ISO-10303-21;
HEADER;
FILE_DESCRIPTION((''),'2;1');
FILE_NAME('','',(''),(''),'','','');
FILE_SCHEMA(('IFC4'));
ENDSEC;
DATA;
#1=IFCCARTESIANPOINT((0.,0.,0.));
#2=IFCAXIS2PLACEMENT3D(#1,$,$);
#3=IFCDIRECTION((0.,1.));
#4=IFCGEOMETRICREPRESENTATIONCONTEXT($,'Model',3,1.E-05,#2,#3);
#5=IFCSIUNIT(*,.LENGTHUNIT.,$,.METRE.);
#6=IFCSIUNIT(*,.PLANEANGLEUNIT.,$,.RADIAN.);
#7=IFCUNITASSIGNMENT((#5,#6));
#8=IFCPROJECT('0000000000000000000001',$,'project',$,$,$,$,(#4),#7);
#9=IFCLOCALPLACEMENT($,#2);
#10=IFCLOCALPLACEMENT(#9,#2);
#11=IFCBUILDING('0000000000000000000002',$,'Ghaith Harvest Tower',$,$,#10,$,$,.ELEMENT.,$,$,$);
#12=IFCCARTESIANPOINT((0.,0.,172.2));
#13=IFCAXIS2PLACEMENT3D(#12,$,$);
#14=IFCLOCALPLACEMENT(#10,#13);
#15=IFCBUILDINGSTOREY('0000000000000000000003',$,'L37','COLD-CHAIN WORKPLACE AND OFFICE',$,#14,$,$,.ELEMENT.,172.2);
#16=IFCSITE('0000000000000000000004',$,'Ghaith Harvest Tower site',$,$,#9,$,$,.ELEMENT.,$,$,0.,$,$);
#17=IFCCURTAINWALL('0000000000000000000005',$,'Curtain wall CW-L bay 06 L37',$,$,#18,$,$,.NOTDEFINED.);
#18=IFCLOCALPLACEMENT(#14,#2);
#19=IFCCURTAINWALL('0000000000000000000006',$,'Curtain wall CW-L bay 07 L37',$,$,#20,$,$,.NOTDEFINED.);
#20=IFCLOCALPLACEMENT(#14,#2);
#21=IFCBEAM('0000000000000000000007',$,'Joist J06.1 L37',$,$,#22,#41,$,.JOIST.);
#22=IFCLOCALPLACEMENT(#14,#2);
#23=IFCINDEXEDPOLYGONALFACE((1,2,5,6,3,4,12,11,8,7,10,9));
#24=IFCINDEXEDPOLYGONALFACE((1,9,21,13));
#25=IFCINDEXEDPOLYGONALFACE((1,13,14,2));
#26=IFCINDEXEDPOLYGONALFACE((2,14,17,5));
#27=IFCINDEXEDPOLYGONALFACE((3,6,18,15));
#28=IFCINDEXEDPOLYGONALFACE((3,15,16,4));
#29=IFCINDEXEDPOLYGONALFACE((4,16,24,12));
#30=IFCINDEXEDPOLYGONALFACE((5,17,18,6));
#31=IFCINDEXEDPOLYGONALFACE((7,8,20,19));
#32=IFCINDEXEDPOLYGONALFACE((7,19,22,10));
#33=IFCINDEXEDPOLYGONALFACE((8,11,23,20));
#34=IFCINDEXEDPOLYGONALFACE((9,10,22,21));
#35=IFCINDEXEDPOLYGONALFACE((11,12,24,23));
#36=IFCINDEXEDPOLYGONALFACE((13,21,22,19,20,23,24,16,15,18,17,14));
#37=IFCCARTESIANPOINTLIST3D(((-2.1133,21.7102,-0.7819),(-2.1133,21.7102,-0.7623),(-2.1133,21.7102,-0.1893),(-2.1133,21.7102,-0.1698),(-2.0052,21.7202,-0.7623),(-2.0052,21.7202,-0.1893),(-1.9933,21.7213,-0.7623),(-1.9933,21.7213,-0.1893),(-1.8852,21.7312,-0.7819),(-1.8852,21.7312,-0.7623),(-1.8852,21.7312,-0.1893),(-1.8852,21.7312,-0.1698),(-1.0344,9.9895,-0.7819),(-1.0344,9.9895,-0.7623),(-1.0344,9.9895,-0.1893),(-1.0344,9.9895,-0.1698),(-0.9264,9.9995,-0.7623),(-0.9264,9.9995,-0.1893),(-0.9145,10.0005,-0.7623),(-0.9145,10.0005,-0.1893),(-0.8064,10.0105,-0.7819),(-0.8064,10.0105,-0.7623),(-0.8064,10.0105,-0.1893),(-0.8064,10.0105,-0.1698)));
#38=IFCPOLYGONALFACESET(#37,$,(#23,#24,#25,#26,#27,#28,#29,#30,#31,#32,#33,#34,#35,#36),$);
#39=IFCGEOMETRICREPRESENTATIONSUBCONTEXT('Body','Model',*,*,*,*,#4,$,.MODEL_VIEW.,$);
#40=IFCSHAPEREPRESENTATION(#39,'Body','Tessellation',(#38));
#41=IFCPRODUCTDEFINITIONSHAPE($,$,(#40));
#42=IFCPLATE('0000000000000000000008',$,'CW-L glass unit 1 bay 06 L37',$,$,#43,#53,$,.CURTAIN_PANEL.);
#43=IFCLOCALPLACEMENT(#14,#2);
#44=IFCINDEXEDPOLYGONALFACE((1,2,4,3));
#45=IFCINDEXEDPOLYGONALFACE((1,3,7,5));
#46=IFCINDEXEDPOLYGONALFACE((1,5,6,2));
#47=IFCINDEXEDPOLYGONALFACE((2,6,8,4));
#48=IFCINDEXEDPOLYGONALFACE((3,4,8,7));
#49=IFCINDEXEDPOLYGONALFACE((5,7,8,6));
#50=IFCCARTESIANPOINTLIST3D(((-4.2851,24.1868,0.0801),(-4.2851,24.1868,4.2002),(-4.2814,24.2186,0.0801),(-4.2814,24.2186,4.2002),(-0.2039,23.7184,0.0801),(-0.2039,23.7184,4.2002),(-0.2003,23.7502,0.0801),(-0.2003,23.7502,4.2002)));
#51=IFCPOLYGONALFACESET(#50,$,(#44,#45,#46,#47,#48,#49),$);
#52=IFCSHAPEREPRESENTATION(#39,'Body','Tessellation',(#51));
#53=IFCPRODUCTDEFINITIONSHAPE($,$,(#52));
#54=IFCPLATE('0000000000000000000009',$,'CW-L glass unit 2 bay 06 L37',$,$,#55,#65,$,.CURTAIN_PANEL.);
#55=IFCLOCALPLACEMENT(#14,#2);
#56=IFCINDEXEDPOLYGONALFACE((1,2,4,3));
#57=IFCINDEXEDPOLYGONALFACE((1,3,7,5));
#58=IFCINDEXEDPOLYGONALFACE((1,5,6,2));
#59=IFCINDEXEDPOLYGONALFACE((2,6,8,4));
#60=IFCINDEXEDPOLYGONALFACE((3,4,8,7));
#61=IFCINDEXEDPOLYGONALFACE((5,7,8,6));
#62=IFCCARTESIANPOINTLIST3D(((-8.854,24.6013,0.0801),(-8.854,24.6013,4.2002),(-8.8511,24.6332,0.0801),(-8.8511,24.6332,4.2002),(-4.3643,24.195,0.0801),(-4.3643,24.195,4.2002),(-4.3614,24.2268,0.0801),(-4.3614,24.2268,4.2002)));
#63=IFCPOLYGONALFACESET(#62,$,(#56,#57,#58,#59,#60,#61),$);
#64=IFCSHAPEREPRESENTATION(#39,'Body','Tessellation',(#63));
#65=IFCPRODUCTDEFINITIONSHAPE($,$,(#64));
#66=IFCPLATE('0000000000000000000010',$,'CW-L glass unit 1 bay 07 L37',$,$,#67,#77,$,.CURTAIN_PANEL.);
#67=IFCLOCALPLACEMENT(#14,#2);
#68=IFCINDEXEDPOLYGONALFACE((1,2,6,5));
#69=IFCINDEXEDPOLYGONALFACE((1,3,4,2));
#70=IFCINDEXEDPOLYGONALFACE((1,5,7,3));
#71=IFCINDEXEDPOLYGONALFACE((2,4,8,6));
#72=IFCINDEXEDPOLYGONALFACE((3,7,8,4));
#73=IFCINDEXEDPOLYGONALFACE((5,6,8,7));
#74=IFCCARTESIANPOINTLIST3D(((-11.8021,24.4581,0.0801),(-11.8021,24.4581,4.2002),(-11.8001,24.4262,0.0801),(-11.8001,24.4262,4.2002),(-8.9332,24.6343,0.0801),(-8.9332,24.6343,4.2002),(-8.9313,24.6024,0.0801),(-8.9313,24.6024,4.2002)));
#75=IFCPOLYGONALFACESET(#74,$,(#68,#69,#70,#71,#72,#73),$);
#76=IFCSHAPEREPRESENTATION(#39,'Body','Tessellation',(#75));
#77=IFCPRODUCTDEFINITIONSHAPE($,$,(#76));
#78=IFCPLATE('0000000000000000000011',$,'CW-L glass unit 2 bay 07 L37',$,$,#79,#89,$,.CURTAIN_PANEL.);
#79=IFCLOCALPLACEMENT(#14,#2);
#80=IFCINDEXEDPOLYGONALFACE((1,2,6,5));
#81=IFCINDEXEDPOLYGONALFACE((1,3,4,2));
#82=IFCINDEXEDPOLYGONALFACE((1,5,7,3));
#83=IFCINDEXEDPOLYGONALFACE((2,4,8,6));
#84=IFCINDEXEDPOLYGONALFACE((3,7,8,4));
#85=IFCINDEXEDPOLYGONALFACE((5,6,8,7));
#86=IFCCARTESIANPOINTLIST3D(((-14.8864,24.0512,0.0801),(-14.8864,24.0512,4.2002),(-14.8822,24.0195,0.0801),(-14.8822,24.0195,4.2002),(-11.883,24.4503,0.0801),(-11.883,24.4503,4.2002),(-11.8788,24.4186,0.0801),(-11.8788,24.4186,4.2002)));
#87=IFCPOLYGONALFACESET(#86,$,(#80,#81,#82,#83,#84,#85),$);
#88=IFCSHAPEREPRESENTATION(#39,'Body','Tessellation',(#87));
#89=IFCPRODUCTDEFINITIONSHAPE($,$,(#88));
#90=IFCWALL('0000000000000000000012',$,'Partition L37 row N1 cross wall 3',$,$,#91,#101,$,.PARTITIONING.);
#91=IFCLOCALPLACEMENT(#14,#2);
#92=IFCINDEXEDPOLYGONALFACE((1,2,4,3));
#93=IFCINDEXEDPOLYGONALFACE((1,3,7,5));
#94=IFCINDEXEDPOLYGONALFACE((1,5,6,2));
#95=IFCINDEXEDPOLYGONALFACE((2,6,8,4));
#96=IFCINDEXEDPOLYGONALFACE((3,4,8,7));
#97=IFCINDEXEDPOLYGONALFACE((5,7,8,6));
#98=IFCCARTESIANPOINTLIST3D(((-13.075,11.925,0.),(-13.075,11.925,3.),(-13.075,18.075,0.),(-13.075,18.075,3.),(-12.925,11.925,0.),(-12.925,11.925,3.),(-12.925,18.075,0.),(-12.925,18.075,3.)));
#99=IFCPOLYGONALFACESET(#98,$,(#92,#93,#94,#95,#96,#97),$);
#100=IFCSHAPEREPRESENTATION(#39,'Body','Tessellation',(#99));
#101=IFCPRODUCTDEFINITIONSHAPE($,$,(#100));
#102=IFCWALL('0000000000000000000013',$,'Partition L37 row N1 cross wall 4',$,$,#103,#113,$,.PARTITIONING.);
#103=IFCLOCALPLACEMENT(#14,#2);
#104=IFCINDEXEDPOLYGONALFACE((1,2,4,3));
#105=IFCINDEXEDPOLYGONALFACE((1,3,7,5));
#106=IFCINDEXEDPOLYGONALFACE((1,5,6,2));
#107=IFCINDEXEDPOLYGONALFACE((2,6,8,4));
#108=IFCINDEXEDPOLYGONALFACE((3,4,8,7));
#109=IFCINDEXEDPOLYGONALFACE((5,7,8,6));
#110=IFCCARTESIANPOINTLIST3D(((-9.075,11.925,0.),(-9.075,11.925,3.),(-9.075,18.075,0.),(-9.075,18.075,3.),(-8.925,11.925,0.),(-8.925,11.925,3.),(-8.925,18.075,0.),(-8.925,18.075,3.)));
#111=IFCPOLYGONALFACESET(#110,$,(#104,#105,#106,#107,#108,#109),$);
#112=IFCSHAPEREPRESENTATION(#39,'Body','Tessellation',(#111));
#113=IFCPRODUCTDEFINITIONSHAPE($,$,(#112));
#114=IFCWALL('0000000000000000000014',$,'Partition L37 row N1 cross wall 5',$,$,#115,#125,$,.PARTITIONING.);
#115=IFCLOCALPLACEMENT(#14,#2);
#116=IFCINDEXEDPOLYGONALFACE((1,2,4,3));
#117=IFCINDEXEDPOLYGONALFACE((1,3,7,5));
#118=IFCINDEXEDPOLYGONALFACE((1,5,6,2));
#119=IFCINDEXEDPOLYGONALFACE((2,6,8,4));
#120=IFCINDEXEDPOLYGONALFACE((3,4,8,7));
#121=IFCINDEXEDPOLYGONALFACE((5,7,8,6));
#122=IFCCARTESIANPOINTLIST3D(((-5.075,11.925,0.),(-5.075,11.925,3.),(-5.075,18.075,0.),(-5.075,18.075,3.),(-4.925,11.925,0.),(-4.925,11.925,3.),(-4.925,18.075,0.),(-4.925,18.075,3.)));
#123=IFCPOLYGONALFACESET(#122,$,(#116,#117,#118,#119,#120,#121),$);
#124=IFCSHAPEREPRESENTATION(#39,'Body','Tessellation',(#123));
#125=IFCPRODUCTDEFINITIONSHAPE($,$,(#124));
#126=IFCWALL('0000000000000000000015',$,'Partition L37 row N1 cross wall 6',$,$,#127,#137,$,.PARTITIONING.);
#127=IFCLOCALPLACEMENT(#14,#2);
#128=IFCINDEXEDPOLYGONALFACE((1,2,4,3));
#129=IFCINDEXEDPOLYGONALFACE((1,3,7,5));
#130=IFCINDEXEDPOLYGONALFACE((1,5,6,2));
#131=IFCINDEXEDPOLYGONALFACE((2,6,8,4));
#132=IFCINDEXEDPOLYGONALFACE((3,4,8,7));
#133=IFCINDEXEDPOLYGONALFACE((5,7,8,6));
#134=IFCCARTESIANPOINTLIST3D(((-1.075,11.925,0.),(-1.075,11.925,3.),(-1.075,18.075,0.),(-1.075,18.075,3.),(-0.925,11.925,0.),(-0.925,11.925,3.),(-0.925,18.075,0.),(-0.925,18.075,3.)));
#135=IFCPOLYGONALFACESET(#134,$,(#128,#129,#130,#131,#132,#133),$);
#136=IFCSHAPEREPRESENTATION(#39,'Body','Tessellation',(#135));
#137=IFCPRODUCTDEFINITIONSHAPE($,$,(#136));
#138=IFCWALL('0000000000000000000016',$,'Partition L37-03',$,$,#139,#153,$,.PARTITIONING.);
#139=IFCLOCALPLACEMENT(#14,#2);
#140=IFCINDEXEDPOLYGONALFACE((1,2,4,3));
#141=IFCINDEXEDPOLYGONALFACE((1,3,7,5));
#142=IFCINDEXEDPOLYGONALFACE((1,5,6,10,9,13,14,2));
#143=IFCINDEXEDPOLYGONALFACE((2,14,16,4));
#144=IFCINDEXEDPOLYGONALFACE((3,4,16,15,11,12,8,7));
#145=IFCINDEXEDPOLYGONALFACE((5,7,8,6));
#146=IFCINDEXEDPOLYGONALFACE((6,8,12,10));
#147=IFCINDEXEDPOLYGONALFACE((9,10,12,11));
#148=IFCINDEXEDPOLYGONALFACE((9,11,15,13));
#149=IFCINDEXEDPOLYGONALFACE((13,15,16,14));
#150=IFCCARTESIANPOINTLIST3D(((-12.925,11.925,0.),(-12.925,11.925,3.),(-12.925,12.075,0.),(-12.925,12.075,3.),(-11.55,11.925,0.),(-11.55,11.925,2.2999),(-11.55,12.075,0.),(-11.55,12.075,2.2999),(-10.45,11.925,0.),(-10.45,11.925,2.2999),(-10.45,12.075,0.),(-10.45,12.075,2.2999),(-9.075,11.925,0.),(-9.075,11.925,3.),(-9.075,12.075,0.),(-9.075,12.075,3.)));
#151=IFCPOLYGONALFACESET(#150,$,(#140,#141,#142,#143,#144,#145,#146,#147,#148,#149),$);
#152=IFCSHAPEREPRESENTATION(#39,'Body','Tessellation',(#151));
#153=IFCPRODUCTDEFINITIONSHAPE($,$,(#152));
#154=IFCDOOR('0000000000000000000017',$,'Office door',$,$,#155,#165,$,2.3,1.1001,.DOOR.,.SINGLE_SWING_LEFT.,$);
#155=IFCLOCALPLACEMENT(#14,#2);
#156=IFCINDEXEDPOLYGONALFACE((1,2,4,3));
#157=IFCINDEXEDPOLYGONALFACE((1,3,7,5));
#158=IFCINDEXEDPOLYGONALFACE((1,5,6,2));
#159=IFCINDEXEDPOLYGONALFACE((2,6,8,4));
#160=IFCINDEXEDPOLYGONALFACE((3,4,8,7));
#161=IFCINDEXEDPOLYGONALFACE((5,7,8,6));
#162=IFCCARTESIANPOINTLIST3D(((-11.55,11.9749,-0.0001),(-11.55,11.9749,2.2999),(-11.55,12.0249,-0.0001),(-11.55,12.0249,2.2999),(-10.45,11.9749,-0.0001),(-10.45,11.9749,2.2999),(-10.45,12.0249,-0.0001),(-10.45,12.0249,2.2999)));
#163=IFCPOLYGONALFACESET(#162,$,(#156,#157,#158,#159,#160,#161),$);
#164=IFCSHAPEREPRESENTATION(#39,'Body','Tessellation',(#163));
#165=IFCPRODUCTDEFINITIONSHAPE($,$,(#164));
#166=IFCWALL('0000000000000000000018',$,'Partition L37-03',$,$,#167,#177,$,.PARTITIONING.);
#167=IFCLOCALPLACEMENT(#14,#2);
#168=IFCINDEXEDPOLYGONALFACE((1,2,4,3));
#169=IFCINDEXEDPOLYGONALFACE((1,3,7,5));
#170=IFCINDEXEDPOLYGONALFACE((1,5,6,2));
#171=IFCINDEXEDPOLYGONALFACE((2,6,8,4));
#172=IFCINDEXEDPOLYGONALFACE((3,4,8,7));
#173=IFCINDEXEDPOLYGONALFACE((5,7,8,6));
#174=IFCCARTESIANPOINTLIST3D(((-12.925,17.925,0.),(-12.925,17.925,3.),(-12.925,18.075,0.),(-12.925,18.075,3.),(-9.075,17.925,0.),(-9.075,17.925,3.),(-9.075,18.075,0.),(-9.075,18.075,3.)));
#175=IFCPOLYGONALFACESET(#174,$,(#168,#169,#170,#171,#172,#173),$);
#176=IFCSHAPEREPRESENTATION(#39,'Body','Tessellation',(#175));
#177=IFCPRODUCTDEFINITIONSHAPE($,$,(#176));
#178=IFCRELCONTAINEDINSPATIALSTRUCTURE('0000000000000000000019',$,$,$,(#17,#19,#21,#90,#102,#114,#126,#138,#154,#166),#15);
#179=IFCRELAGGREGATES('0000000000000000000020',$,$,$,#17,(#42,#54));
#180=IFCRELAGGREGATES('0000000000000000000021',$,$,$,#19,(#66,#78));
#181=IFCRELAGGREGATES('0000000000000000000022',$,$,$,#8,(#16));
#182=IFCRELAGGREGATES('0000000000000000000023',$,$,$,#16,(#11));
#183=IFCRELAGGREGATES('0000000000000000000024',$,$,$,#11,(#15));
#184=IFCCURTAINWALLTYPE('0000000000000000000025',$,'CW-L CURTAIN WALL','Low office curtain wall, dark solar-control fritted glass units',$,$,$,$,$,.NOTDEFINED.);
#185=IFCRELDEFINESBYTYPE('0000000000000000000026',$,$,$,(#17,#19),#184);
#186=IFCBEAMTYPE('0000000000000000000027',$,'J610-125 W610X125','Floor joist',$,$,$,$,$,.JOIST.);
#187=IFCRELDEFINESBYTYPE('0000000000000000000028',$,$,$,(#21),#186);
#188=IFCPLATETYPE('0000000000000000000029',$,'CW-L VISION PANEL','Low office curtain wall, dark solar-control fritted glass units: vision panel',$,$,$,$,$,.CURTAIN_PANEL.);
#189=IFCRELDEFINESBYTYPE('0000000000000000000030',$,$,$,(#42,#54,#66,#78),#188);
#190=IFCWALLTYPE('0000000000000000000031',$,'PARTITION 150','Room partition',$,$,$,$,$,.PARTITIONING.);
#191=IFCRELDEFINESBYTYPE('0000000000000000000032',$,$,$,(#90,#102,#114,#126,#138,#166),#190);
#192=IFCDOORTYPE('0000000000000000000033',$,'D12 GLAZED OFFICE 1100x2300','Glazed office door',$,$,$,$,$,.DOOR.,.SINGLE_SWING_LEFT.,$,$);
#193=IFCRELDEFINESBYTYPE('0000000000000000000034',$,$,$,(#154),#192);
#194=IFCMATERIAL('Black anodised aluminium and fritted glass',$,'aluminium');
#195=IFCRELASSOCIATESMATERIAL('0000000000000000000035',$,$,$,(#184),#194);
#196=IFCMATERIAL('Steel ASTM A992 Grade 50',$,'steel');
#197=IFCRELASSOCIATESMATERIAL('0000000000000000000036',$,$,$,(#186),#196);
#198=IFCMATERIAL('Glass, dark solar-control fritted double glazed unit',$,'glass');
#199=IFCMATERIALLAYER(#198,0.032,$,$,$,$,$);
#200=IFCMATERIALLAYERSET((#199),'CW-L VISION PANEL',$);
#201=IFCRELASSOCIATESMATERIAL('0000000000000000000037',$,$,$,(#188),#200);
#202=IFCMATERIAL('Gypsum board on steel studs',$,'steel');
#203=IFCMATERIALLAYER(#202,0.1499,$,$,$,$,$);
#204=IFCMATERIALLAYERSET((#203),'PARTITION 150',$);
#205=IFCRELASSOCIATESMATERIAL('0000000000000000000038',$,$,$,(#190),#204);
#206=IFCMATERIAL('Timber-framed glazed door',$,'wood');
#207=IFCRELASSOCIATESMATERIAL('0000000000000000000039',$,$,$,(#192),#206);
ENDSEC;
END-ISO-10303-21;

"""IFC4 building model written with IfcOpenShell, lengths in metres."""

from ifc_helpers import new_model, si_unit, direction, frame, frame_2d, origin, origin_2d, place, context, subcontext, project, spatial, rectangle, i_section, extrude, material, layer, layer_set, material_profile, profile_set, type_object, element, fill, aggregate, save


model = new_model("IFC4")

# Units and contexts
model_context = context("Model", 3, precision=1e-05, world=origin(), true_north=direction((0.0, 1.0)))
body_context = subcontext(model_context, "Body", "Model", "MODEL_VIEW")
ifc_project = project(units=[si_unit("LENGTHUNIT", "METRE"), si_unit("PLANEANGLEUNIT", "RADIAN")], contexts=[model_context])

# Site, building, storey
site_placement = place(None, origin())
site = spatial("IfcSite", under=ifc_project, at=site_placement, Name="Ghaith Harvest Tower site", CompositionType="ELEMENT", RefElevation=0.0)
building_placement = place(site_placement, origin())
building = spatial("IfcBuilding", under=site, at=building_placement, Name="Ghaith Harvest Tower", CompositionType="ELEMENT")
storey_placement = place(building_placement, frame((0.0, 0.0, 172.2)))
storey = spatial("IfcBuildingStorey", under=building, at=storey_placement, Name="L37", Description="COLD-CHAIN WORKPLACE AND OFFICE", CompositionType="ELEMENT", Elevation=172.2)

# Curtain walls
ifc_material_1 = material(Name="Black anodised aluminium and fritted glass", Category="aluminium")
curtain_wall_type = type_object("IfcCurtainWallType", Name="CW-L CURTAIN WALL", Description="Low office curtain wall, dark solar-control fritted glass units", PredefinedType="NOTDEFINED", material=ifc_material_1)
curtain_wall_1_placement = place(storey_placement, origin())
curtain_wall_1 = element("IfcCurtainWall", 1, at=curtain_wall_1_placement, inside=storey, type_object=curtain_wall_type, Name="Curtain wall CW-L bay 06 L37", PredefinedType="NOTDEFINED")
curtain_wall_2_placement = place(storey_placement, origin())
curtain_wall_2 = element("IfcCurtainWall", 2, at=curtain_wall_2_placement, inside=storey, type_object=curtain_wall_type, Name="Curtain wall CW-L bay 07 L37", PredefinedType="NOTDEFINED")

# Beam
ifc_material_2 = material(Name="Steel ASTM A992 Grade 50", Category="steel")
ifc_material_profile_1 = material_profile(ifc_material_2, i_section(OverallWidth=0.229, OverallDepth=0.6121, WebThickness=0.012, FlangeThickness=0.0195, at=origin_2d()), Name="W610X125")
ifc_profile_set_1 = profile_set([ifc_material_profile_1], Name="Steel ASTM A992 Grade 50")
beam_type_1 = type_object("IfcBeamType", Name="J610-125 W610X125", Description="Floor joist", PredefinedType="JOIST", material=ifc_profile_set_1)
beam_1_placement = place(storey_placement, frame((-0.9204, 10.0, -0.4758), z_axis=(-0.09166, 0.99579, 0.0), x_axis=(-0.99579, -0.09166, 0.0)))
element("IfcBeam", 3, at=beam_1_placement, inside=storey, type_object=beam_type_1, Name="Joist J06.1 L37", PredefinedType="JOIST", context=body_context, shape_type="SweptSolid", body=[
    extrude(i_section(OverallWidth=0.229, OverallDepth=0.6121, WebThickness=0.012, FlangeThickness=0.0195, at=origin_2d()), origin(), (0.0, 0.0, 1.0), 11.7703),
])

# Plates
ifc_material_3 = material(Name="Glass, dark solar-control fritted double glazed unit", Category="glass")
ifc_layer_1 = layer(ifc_material_3, 0.032)
ifc_layer_set_1 = layer_set([ifc_layer_1], Name="CW-L VISION PANEL")
plate_type = type_object("IfcPlateType", Name="CW-L VISION PANEL", Description="Low office curtain wall, dark solar-control fritted glass units: vision panel", PredefinedType="CURTAIN_PANEL", material=ifc_layer_set_1)
plate_1_placement = place(storey_placement, frame((-2.2427, 23.9685, 0.0801), z_axis=(0.0, 0.0, 1.0), x_axis=(-0.993477, 0.114032, 0.0)))
plate_1 = element("IfcPlate", 4, at=plate_1_placement, type_object=plate_type, Name="CW-L glass unit 1 bay 06 L37", PredefinedType="CURTAIN_PANEL", context=body_context, shape_type="SweptSolid", body=[
    extrude(rectangle(XDim=4.1079, YDim=0.032, at=origin_2d()), origin(), (0.0, 0.0, 1.0), 4.1201),
])
plate_2_placement = place(storey_placement, frame((-6.6077, 24.4141, 0.0801), z_axis=(0.0, 0.0, 1.0), x_axis=(-0.995929, 0.090144, 0.0)))
plate_2 = element("IfcPlate", 5, at=plate_2_placement, type_object=plate_type, Name="CW-L glass unit 2 bay 06 L37", PredefinedType="CURTAIN_PANEL", context=body_context, shape_type="SweptSolid", body=[
    extrude(rectangle(XDim=4.5081, YDim=0.032, at=origin_2d()), origin(), (0.0, 0.0, 1.0), 4.1201),
])
aggregate(curtain_wall_1, [plate_1, plate_2])
plate_3_placement = place(storey_placement, frame((-10.3667, 24.5303, 0.0801), z_axis=(0.0, 0.0, 1.0), x_axis=(-0.998119, -0.061303, 0.0)))
plate_3 = element("IfcPlate", 6, at=plate_3_placement, type_object=plate_type, Name="CW-L glass unit 1 bay 07 L37", PredefinedType="CURTAIN_PANEL", context=body_context, shape_type="SweptSolid", body=[
    extrude(rectangle(XDim=2.8743, YDim=0.032, at=origin_2d()), origin(), (0.0, 0.0, 1.0), 4.1201),
])
plate_4_placement = place(storey_placement, frame((-13.3826, 24.2349, 0.0801), z_axis=(0.0, 0.0, 1.0), x_axis=(-0.991286, -0.131728, 0.0)))
plate_4 = element("IfcPlate", 7, at=plate_4_placement, type_object=plate_type, Name="CW-L glass unit 2 bay 07 L37", PredefinedType="CURTAIN_PANEL", context=body_context, shape_type="SweptSolid", body=[
    extrude(rectangle(XDim=3.0298, YDim=0.032, at=origin_2d()), origin(), (0.0, 0.0, 1.0), 4.1201),
])
aggregate(curtain_wall_2, [plate_3, plate_4])

# Walls
ifc_material_4 = material(Name="Gypsum board on steel studs", Category="steel")
ifc_layer_2 = layer(ifc_material_4, 0.1499)
ifc_layer_set_2 = layer_set([ifc_layer_2], Name="PARTITION 150")
wall_type = type_object("IfcWallType", Name="PARTITION 150", Description="Room partition", PredefinedType="PARTITIONING", material=ifc_layer_set_2)
for number, where, z_axis, x_axis, name in (
    (8, (-13.0, 11.925, 0.0), (0.0, 0.0, 1.0), (0.0, 1.0, 0.0), "Partition L37 row N1 cross wall 3"),
    (9, (-9.0, 11.925, 0.0), (0.0, 0.0, 1.0), (0.0, 1.0, 0.0), "Partition L37 row N1 cross wall 4"),
    (10, (-5.0, 11.925, 0.0), (0.0, 0.0, 1.0), (0.0, 1.0, 0.0), "Partition L37 row N1 cross wall 5"),
    (11, (-1.0, 11.925, 0.0), (0.0, 0.0, 1.0), (0.0, 1.0, 0.0), "Partition L37 row N1 cross wall 6"),
):
    element("IfcWall", number, at=place(storey_placement, frame(where, z_axis=z_axis, x_axis=x_axis)), inside=storey, type_object=wall_type, Name=name, PredefinedType="PARTITIONING", context=body_context, shape_type="SweptSolid", body=[
        extrude(rectangle(XDim=6.1499, YDim=0.1499, at=frame_2d((3.075, 0.0))), origin(), (0.0, 0.0, 1.0), 3.0),
    ])

# Wall, opening, door
wall_1_placement = place(storey_placement, frame((-12.925, 12.0, 0.0), z_axis=(0.0, 0.0, 1.0), x_axis=(1.0, 0.0, 0.0)))
wall_1 = element("IfcWall", 12, at=wall_1_placement, inside=storey, type_object=wall_type, Name="Partition L37-03", PredefinedType="PARTITIONING", context=body_context, shape_type="SweptSolid", body=[
    extrude(rectangle(XDim=3.8501, YDim=0.1499, at=frame_2d((1.925, 0.0))), origin(), (0.0, 0.0, 1.0), 3.0),
])
opening_1_placement = place(wall_1_placement, frame((1.375, 0.0, 0.0)))
opening_1 = element("IfcOpeningElement", 13, at=opening_1_placement, cuts=wall_1, PredefinedType="OPENING", context=body_context, shape_type="SweptSolid", body=[
    extrude(rectangle(XDim=1.1001, YDim=2.3, at=frame_2d((0.55, 1.1499))), frame((0.0, 0.085, 0.0), z_axis=(0.0, -1.0, 0.0), x_axis=(1.0, 0.0, 0.0)), (0.0, 0.0, 1.0), 0.1699),
])
ifc_material_5 = material(Name="Timber-framed glazed door", Category="wood")
door_type = type_object("IfcDoorType", Name="D12 GLAZED OFFICE 1100x2300", Description="Glazed office door", OperationType="SINGLE_SWING_LEFT", PredefinedType="DOOR", material=ifc_material_5)
door_1_placement = place(opening_1_placement, origin())
door_1 = element("IfcDoor", 14, at=door_1_placement, inside=storey, type_object=door_type, Name="Office door", OperationType="SINGLE_SWING_LEFT", OverallHeight=2.3, OverallWidth=1.1001, PredefinedType="DOOR", context=body_context, shape_type="SweptSolid", body=[
    extrude(rectangle(XDim=1.1001, YDim=2.3, at=frame_2d((0.55, 1.1499))), frame((0.0, 0.0249, 0.0), z_axis=(0.0, -1.0, 0.0), x_axis=(1.0, 0.0, 0.0)), (0.0, 0.0, 1.0), 0.05),
])
fill(opening_1, door_1)

# Wall
wall_2_placement = place(storey_placement, frame((-12.925, 18.0, 0.0), z_axis=(0.0, 0.0, 1.0), x_axis=(1.0, 0.0, 0.0)))
element("IfcWall", 15, at=wall_2_placement, inside=storey, type_object=wall_type, Name="Partition L37-03", PredefinedType="PARTITIONING", context=body_context, shape_type="SweptSolid", body=[
    extrude(rectangle(XDim=3.8501, YDim=0.1499, at=frame_2d((1.925, 0.0))), origin(), (0.0, 0.0, 1.0), 3.0),
])

save(model, "model.ifc")
